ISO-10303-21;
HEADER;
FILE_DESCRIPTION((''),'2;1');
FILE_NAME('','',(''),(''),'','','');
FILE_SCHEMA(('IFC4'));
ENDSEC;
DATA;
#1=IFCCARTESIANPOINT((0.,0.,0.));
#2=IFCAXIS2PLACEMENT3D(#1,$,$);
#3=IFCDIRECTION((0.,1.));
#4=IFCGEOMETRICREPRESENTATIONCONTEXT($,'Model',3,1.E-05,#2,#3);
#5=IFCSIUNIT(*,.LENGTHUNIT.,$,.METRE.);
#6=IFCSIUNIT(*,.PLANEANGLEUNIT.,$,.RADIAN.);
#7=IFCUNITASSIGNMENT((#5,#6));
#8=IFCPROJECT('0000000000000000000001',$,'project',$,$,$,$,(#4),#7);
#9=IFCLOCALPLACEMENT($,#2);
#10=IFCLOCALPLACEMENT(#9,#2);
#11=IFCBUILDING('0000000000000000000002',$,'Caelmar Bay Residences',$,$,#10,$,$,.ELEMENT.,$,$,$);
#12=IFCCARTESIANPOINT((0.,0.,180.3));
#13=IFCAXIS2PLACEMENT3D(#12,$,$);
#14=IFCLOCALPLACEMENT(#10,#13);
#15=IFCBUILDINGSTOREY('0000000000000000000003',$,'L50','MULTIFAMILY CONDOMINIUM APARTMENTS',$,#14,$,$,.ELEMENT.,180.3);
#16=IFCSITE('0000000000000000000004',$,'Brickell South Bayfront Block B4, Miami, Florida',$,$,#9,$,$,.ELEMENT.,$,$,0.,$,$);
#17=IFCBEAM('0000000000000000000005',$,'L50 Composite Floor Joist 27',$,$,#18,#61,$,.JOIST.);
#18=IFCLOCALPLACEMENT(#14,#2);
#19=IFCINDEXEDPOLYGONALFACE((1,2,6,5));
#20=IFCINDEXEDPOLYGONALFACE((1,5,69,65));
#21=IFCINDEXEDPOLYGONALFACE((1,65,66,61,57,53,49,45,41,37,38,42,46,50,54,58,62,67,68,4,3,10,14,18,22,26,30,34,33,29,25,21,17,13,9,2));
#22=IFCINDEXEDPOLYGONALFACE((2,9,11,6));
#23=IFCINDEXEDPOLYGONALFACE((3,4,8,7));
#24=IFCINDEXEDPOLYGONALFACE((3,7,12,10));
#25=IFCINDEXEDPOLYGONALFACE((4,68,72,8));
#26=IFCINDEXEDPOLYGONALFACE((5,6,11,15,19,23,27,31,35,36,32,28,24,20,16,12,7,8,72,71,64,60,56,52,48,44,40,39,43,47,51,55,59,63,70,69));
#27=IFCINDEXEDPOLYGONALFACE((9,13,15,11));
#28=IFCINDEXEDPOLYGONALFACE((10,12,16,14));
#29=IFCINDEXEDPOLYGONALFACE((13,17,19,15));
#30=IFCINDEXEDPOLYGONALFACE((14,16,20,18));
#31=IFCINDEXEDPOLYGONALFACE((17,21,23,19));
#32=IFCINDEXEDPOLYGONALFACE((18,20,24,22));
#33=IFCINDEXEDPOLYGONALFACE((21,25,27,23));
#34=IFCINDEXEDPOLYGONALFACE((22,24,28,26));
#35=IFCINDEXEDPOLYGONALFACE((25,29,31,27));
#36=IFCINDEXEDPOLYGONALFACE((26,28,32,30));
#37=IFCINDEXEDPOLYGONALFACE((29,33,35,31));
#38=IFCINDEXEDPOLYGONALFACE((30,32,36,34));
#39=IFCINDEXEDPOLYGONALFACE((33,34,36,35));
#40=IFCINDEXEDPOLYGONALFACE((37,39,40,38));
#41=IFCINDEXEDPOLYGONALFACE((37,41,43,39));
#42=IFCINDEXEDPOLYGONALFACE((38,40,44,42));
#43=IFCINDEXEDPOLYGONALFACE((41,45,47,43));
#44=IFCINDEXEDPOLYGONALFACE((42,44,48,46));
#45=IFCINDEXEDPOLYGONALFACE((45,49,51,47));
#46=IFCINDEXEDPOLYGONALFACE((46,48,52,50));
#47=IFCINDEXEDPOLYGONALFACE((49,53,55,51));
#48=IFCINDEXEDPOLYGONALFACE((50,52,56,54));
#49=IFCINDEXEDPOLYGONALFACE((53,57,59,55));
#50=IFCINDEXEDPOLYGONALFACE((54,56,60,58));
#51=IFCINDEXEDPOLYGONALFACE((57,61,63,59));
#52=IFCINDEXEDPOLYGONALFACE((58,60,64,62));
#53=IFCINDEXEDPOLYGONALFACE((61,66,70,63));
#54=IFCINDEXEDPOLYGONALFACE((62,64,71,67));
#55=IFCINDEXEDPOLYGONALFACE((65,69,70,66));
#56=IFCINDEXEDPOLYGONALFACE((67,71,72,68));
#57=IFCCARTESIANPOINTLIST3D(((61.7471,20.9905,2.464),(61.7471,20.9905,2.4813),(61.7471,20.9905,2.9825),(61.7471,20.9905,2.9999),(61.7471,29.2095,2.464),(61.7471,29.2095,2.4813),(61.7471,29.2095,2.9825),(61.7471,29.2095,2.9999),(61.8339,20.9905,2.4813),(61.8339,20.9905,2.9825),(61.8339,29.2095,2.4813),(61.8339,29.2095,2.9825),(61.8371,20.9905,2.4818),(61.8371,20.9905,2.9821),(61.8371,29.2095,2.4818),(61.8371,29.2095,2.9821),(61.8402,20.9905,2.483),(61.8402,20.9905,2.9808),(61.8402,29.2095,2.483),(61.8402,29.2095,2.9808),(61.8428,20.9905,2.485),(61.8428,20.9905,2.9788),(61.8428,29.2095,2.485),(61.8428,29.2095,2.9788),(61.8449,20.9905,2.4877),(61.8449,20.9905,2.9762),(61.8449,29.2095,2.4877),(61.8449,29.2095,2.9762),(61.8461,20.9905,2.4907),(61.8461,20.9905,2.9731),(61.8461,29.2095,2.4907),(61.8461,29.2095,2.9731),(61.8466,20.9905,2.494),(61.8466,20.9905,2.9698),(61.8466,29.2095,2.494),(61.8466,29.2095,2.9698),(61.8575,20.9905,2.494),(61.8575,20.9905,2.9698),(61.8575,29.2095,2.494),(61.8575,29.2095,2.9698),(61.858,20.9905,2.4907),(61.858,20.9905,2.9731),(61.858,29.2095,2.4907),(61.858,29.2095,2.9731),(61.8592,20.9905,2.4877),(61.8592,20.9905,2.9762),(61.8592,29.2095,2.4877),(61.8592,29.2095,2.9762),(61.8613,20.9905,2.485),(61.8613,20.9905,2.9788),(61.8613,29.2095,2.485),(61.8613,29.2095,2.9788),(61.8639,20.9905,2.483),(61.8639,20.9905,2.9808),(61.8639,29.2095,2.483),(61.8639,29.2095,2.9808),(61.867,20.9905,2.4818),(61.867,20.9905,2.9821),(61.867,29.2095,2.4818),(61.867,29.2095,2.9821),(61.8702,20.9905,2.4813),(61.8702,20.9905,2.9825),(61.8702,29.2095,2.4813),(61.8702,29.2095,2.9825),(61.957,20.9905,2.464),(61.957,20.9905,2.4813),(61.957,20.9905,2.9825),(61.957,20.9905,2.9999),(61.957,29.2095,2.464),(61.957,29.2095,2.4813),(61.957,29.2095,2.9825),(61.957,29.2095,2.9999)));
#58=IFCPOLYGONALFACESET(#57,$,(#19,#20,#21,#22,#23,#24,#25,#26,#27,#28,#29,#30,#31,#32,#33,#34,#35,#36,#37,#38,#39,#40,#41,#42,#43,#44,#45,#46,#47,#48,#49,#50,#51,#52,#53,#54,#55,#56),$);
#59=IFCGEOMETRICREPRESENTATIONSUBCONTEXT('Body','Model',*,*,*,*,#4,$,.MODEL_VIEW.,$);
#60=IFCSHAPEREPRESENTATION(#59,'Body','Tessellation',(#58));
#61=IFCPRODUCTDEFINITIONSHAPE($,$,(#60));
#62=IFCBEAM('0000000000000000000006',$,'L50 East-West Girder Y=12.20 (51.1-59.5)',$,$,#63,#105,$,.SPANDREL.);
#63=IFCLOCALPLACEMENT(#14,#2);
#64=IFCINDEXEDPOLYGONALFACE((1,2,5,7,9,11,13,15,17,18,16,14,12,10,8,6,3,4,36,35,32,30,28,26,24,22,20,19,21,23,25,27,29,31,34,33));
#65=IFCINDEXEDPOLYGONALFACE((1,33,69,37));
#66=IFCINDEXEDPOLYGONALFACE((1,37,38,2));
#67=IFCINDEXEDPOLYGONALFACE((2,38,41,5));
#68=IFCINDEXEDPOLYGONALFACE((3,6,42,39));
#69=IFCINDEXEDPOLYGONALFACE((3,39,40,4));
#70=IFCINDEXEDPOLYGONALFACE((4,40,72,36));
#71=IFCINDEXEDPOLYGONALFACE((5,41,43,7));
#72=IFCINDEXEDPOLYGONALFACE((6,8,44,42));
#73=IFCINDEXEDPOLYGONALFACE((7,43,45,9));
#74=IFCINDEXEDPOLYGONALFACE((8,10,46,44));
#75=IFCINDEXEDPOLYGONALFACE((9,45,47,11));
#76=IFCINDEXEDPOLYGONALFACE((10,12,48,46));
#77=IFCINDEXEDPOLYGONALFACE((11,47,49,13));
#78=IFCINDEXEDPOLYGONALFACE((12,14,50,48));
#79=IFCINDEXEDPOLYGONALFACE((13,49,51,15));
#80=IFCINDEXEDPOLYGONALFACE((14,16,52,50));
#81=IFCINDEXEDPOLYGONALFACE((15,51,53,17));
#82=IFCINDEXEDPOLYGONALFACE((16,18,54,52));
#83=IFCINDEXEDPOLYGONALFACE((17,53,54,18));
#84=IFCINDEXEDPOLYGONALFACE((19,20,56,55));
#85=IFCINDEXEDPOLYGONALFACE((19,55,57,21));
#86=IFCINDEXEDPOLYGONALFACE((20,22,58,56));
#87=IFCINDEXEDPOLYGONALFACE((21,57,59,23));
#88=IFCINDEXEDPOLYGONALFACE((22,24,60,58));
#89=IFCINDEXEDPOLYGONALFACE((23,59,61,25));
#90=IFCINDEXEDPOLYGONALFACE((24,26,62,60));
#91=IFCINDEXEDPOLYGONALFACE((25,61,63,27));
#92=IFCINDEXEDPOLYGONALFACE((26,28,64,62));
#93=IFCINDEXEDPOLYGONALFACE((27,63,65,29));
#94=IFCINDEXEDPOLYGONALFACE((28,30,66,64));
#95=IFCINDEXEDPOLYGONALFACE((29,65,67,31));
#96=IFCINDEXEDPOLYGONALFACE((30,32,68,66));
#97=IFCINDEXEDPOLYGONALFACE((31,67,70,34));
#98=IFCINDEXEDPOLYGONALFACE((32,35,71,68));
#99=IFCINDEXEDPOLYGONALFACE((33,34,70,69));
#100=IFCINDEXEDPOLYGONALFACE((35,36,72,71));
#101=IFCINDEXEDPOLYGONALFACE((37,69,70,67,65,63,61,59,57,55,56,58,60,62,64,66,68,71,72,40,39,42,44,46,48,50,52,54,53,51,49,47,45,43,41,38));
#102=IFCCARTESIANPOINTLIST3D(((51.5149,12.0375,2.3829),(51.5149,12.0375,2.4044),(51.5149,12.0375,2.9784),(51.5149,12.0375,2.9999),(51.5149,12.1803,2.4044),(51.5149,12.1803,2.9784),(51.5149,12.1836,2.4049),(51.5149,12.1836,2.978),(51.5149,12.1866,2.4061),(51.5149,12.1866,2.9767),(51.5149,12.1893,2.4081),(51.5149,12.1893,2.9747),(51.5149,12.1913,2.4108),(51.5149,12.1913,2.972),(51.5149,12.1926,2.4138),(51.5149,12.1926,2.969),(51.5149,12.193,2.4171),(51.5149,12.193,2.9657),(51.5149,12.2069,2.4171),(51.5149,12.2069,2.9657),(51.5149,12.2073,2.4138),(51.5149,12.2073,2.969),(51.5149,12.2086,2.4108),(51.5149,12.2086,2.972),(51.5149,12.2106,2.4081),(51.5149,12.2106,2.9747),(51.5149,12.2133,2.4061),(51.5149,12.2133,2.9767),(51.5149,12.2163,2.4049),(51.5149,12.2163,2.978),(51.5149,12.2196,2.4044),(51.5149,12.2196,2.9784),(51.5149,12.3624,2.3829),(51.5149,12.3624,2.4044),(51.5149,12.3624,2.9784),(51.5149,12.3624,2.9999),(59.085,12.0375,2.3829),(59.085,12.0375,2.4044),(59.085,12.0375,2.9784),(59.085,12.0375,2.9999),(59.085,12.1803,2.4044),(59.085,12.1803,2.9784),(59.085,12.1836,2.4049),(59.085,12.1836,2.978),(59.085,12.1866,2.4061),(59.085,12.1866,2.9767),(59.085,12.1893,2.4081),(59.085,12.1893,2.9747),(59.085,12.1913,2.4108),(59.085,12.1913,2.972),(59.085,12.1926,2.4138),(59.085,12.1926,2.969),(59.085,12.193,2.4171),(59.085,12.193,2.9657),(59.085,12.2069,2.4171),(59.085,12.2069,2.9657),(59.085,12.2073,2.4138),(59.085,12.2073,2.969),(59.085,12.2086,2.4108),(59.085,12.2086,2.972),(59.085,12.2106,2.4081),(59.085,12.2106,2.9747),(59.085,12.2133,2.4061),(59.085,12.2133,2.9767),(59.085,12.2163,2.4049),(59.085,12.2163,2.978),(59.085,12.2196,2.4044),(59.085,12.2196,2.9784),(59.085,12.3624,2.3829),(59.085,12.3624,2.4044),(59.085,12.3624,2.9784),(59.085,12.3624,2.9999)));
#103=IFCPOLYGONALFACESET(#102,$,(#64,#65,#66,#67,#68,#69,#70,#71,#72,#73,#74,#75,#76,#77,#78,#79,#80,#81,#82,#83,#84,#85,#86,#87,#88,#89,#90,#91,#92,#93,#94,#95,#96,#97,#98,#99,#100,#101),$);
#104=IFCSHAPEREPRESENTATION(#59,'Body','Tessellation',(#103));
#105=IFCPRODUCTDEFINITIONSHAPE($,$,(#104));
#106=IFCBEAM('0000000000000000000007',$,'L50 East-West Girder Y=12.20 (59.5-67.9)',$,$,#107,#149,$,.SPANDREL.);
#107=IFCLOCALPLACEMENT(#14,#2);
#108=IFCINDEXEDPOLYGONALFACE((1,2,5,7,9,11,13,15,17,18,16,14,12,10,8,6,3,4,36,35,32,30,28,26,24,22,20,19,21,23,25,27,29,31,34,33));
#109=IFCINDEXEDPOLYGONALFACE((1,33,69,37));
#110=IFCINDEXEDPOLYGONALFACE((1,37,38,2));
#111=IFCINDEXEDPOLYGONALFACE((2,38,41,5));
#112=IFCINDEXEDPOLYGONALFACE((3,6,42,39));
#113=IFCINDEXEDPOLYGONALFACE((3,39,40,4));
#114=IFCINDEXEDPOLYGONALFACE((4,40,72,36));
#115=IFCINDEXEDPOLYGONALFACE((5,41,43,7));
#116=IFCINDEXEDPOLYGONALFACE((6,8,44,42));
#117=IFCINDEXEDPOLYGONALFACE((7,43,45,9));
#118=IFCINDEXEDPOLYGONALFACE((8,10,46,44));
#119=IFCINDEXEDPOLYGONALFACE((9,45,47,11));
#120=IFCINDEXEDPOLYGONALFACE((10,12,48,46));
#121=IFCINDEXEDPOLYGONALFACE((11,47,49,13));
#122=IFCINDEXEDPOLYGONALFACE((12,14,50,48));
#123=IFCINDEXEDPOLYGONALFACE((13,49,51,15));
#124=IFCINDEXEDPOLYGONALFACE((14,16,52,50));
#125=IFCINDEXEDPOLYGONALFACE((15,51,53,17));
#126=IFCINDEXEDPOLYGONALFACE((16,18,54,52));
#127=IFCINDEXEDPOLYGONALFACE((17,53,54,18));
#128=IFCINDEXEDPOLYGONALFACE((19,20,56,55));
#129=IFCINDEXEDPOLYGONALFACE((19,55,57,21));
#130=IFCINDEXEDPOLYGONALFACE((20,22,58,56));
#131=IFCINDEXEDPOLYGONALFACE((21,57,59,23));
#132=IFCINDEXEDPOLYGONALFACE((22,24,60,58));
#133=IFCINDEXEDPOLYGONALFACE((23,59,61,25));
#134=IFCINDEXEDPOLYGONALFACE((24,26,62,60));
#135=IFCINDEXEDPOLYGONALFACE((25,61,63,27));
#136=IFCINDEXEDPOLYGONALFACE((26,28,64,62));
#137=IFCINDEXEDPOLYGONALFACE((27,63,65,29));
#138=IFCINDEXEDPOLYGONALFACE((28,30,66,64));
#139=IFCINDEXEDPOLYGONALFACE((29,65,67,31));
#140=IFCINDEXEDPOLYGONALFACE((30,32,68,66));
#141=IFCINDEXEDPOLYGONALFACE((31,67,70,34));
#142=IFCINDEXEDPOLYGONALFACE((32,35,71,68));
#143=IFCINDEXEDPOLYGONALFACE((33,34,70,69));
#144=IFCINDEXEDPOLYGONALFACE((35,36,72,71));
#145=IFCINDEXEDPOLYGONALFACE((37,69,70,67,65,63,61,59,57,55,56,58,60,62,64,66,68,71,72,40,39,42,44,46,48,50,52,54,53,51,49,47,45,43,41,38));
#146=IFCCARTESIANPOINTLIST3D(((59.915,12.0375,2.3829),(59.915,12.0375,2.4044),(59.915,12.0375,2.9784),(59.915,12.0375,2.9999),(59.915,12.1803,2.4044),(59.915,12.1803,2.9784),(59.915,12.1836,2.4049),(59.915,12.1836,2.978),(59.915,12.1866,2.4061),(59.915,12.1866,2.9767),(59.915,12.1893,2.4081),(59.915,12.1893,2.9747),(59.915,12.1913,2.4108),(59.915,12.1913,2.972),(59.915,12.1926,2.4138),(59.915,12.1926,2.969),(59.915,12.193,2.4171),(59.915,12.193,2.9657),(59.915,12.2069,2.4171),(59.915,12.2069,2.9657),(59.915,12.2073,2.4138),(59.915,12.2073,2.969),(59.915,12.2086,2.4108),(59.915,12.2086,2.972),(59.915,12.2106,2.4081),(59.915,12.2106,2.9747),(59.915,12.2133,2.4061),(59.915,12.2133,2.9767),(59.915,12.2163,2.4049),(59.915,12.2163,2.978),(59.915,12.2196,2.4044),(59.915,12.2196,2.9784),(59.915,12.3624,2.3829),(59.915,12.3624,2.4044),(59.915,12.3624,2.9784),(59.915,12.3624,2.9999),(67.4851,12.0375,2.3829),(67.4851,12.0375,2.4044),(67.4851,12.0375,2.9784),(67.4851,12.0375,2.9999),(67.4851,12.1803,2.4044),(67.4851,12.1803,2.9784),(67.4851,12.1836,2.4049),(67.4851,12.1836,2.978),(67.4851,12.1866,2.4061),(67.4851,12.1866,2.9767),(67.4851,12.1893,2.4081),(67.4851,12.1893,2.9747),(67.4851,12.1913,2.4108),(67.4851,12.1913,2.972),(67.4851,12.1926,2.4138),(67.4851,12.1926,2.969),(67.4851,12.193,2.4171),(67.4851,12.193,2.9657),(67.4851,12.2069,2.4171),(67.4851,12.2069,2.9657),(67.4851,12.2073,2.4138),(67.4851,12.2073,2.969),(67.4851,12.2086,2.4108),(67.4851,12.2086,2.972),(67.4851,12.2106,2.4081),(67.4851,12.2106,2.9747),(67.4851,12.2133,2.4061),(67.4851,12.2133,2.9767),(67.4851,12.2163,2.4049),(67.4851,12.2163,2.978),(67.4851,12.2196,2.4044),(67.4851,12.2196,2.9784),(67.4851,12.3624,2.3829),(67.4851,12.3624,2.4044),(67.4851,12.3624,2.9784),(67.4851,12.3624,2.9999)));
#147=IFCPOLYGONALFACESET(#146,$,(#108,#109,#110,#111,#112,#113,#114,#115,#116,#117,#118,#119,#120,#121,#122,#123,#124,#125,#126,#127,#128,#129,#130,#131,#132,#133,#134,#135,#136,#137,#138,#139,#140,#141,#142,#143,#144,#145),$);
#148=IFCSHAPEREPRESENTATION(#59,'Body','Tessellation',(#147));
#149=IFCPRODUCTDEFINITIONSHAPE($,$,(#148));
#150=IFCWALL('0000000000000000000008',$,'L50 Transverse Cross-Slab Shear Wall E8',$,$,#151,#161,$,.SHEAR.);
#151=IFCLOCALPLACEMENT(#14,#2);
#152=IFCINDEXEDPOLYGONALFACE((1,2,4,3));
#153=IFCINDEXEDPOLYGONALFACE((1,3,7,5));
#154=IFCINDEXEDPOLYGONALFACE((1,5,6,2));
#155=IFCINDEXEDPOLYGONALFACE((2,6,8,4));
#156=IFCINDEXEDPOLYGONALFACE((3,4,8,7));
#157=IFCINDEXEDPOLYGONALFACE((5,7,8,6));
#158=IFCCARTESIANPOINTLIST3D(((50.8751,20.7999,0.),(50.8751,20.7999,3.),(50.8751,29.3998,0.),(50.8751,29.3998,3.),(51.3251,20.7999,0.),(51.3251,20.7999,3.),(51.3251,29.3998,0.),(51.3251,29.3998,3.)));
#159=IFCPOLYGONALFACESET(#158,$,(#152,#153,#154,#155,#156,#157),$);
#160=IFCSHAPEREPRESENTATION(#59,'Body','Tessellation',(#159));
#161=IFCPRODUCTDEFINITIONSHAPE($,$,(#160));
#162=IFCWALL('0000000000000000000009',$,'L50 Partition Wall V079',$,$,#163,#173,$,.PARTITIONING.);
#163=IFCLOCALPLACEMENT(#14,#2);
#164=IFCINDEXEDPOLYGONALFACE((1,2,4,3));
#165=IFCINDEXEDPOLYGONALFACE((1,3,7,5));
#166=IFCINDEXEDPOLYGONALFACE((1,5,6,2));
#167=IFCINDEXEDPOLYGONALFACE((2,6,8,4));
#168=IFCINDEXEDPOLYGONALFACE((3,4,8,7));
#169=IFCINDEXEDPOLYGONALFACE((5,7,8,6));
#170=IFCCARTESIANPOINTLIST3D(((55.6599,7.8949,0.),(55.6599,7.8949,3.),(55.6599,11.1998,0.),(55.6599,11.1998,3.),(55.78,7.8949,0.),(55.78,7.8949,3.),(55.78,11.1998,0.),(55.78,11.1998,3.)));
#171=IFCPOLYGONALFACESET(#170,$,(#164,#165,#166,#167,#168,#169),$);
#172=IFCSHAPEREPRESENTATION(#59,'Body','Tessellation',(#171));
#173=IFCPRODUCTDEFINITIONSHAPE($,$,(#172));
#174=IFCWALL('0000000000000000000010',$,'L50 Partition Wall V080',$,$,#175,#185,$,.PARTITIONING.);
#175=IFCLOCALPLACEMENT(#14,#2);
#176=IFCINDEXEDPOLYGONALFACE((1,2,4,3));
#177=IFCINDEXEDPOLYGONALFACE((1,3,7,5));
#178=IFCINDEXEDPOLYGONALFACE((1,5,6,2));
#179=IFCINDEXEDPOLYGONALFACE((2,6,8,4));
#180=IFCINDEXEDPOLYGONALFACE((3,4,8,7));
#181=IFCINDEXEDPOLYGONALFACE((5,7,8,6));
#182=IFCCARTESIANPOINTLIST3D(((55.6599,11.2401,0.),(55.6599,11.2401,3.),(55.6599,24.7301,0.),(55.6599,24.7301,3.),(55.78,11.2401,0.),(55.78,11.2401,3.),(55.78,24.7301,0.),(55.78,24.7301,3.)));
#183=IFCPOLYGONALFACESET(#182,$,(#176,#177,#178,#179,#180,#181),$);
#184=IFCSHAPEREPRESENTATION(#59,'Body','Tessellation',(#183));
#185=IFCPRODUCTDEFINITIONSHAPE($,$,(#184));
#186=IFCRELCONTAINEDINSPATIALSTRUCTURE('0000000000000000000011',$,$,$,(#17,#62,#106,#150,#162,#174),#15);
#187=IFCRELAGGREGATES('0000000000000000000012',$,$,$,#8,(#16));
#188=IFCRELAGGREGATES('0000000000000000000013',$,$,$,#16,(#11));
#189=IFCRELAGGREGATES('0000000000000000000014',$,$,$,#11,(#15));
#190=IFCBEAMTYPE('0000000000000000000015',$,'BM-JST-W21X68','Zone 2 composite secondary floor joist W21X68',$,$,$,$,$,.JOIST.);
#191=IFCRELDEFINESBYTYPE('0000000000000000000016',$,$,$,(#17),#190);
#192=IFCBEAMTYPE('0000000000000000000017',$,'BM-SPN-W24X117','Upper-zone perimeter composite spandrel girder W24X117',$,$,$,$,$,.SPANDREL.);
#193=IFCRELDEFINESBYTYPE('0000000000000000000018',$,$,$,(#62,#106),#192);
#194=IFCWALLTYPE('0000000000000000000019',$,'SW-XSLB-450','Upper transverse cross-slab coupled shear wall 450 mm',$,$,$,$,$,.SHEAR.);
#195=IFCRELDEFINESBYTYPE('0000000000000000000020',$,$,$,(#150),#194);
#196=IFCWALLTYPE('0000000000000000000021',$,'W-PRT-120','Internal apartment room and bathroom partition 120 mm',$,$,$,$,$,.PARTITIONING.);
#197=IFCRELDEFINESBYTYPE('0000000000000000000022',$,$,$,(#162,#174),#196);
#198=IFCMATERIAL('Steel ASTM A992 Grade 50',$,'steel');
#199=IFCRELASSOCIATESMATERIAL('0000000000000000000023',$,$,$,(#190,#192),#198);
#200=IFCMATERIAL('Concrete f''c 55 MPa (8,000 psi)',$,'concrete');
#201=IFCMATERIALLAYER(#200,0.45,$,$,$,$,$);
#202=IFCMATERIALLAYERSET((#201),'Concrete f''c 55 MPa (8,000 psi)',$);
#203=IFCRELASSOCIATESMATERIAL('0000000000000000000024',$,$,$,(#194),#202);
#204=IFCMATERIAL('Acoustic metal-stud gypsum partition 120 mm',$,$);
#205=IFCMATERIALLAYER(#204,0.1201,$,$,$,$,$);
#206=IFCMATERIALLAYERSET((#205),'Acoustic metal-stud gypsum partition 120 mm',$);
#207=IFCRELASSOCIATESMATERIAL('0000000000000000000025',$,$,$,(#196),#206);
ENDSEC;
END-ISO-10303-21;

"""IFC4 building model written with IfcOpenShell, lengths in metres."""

from ifc_helpers import new_model, si_unit, direction, frame, frame_2d, origin, origin_2d, place, context, subcontext, project, spatial, rectangle, i_section, extrude, material, layer, layer_set, material_profile, profile_set, type_object, element, save


model = new_model("IFC4")

# Units and contexts
model_context = context("Model", 3, precision=1e-05, world=origin(), true_north=direction((0.0, 1.0)))
body_context = subcontext(model_context, "Body", "Model", "MODEL_VIEW")
ifc_project = project(units=[si_unit("LENGTHUNIT", "METRE"), si_unit("PLANEANGLEUNIT", "RADIAN")], contexts=[model_context])

# Site, building, storey
site_placement = place(None, origin())
site = spatial("IfcSite", under=ifc_project, at=site_placement, Name="Brickell South Bayfront Block B4, Miami, Florida", CompositionType="ELEMENT", RefElevation=0.0)
building_placement = place(site_placement, origin())
building = spatial("IfcBuilding", under=site, at=building_placement, Name="Caelmar Bay Residences", CompositionType="ELEMENT")
storey_placement = place(building_placement, frame((0.0, 0.0, 180.3)))
storey = spatial("IfcBuildingStorey", under=building, at=storey_placement, Name="L50", Description="MULTIFAMILY CONDOMINIUM APARTMENTS", CompositionType="ELEMENT", Elevation=180.3)

# Shared definitions
ifc_material_1 = material(Name="Concrete f'c 55 MPa (8,000 psi)", Category="concrete")

# Beams
ifc_material_2 = material(Name="Steel ASTM A992 Grade 50", Category="steel")
ifc_material_profile_1 = material_profile(ifc_material_2, i_section(OverallWidth=0.21, OverallDepth=0.5359, WebThickness=0.011, FlangeThickness=0.0173, FilletRadius=0.0127, at=origin_2d()), Name="W21X68")
ifc_profile_set_1 = profile_set([ifc_material_profile_1], Name="Steel ASTM A992 Grade 50")
beam_type_1 = type_object("IfcBeamType", Name="BM-JST-W21X68", Description="Zone 2 composite secondary floor joist W21X68", PredefinedType="JOIST", material=ifc_profile_set_1)
for number, where, z_axis, x_axis, name in (
    (1, (61.8521, 20.9905, 2.7319), (0.0, 1.0, 0.0), (-1.0, 0.0, 0.0), "L50 Composite Floor Joist 27"),
):
    element("IfcBeam", number, at=place(storey_placement, frame(where, z_axis=z_axis, x_axis=x_axis)), inside=storey, type_object=beam_type_1, Name=name, PredefinedType="JOIST", context=body_context, shape_type="SweptSolid", body=[
        extrude(i_section(OverallWidth=0.21, OverallDepth=0.5359, WebThickness=0.011, FlangeThickness=0.0173, FilletRadius=0.0127, at=origin_2d()), origin(), (0.0, 0.0, 1.0), 8.219),
    ])
ifc_material_profile_2 = material_profile(ifc_material_2, i_section(OverallWidth=0.325, OverallDepth=0.6169, WebThickness=0.0139, FlangeThickness=0.0215, FilletRadius=0.0127, at=origin_2d()), Name="W24X117")
ifc_profile_set_2 = profile_set([ifc_material_profile_2], Name="Steel ASTM A992 Grade 50")
beam_type_2 = type_object("IfcBeamType", Name="BM-SPN-W24X117", Description="Upper-zone perimeter composite spandrel girder W24X117", PredefinedType="SPANDREL", material=ifc_profile_set_2)
for number, where, z_axis, x_axis, name in (
    (2, (51.5149, 12.2, 2.6914), (1.0, 0.0, 0.0), (0.0, 1.0, 0.0), "L50 East-West Girder Y=12.20 (51.1-59.5)"),
    (3, (59.915, 12.2, 2.6914), (1.0, 0.0, 0.0), (0.0, 1.0, 0.0), "L50 East-West Girder Y=12.20 (59.5-67.9)"),
):
    element("IfcBeam", number, at=place(storey_placement, frame(where, z_axis=z_axis, x_axis=x_axis)), inside=storey, type_object=beam_type_2, Name=name, PredefinedType="SPANDREL", context=body_context, shape_type="SweptSolid", body=[
        extrude(i_section(OverallWidth=0.325, OverallDepth=0.6169, WebThickness=0.0139, FlangeThickness=0.0215, FilletRadius=0.0127, at=origin_2d()), origin(), (0.0, 0.0, 1.0), 7.5701),
    ])

# Walls
ifc_layer_1 = layer(ifc_material_1, 0.45)
ifc_layer_set_1 = layer_set([ifc_layer_1], Name="Concrete f'c 55 MPa (8,000 psi)")
wall_type_1 = type_object("IfcWallType", Name="SW-XSLB-450", Description="Upper transverse cross-slab coupled shear wall 450 mm", PredefinedType="SHEAR", material=ifc_layer_set_1)
wall_1_placement = place(storey_placement, frame((51.1001, 20.8, 0.0), z_axis=(0.0, 0.0, 1.0), x_axis=(0.0, 1.0, 0.0)))
element("IfcWall", 4, at=wall_1_placement, inside=storey, type_object=wall_type_1, Name="L50 Transverse Cross-Slab Shear Wall E8", PredefinedType="SHEAR", context=body_context, shape_type="SweptSolid", body=[
    extrude(rectangle(XDim=8.5999, YDim=0.45, at=frame_2d((4.2998, 0.0))), origin(), (0.0, 0.0, 1.0), 3.0),
])
ifc_material_3 = material(Name="Acoustic metal-stud gypsum partition 120 mm")
ifc_layer_2 = layer(ifc_material_3, 0.1201)
ifc_layer_set_2 = layer_set([ifc_layer_2], Name="Acoustic metal-stud gypsum partition 120 mm")
wall_type_2 = type_object("IfcWallType", Name="W-PRT-120", Description="Internal apartment room and bathroom partition 120 mm", PredefinedType="PARTITIONING", material=ifc_layer_set_2)
wall_2_placement = place(storey_placement, frame((55.72, 7.895, 0.0), z_axis=(0.0, 0.0, 1.0), x_axis=(0.0, 1.0, 0.0)))
element("IfcWall", 5, at=wall_2_placement, inside=storey, type_object=wall_type_2, Name="L50 Partition Wall V079", PredefinedType="PARTITIONING", context=body_context, shape_type="SweptSolid", body=[
    extrude(rectangle(XDim=3.3049, YDim=0.1201, at=frame_2d((1.6523, 0.0))), origin(), (0.0, 0.0, 1.0), 3.0),
])
wall_3_placement = place(storey_placement, frame((55.72, 11.24, 0.0), z_axis=(0.0, 0.0, 1.0), x_axis=(0.0, 1.0, 0.0)))
element("IfcWall", 6, at=wall_3_placement, inside=storey, type_object=wall_type_2, Name="L50 Partition Wall V080", PredefinedType="PARTITIONING", context=body_context, shape_type="SweptSolid", body=[
    extrude(rectangle(XDim=13.49, YDim=0.1201, at=frame_2d((6.7451, 0.0))), origin(), (0.0, 0.0, 1.0), 3.0),
])

save(model, "model.ifc")
